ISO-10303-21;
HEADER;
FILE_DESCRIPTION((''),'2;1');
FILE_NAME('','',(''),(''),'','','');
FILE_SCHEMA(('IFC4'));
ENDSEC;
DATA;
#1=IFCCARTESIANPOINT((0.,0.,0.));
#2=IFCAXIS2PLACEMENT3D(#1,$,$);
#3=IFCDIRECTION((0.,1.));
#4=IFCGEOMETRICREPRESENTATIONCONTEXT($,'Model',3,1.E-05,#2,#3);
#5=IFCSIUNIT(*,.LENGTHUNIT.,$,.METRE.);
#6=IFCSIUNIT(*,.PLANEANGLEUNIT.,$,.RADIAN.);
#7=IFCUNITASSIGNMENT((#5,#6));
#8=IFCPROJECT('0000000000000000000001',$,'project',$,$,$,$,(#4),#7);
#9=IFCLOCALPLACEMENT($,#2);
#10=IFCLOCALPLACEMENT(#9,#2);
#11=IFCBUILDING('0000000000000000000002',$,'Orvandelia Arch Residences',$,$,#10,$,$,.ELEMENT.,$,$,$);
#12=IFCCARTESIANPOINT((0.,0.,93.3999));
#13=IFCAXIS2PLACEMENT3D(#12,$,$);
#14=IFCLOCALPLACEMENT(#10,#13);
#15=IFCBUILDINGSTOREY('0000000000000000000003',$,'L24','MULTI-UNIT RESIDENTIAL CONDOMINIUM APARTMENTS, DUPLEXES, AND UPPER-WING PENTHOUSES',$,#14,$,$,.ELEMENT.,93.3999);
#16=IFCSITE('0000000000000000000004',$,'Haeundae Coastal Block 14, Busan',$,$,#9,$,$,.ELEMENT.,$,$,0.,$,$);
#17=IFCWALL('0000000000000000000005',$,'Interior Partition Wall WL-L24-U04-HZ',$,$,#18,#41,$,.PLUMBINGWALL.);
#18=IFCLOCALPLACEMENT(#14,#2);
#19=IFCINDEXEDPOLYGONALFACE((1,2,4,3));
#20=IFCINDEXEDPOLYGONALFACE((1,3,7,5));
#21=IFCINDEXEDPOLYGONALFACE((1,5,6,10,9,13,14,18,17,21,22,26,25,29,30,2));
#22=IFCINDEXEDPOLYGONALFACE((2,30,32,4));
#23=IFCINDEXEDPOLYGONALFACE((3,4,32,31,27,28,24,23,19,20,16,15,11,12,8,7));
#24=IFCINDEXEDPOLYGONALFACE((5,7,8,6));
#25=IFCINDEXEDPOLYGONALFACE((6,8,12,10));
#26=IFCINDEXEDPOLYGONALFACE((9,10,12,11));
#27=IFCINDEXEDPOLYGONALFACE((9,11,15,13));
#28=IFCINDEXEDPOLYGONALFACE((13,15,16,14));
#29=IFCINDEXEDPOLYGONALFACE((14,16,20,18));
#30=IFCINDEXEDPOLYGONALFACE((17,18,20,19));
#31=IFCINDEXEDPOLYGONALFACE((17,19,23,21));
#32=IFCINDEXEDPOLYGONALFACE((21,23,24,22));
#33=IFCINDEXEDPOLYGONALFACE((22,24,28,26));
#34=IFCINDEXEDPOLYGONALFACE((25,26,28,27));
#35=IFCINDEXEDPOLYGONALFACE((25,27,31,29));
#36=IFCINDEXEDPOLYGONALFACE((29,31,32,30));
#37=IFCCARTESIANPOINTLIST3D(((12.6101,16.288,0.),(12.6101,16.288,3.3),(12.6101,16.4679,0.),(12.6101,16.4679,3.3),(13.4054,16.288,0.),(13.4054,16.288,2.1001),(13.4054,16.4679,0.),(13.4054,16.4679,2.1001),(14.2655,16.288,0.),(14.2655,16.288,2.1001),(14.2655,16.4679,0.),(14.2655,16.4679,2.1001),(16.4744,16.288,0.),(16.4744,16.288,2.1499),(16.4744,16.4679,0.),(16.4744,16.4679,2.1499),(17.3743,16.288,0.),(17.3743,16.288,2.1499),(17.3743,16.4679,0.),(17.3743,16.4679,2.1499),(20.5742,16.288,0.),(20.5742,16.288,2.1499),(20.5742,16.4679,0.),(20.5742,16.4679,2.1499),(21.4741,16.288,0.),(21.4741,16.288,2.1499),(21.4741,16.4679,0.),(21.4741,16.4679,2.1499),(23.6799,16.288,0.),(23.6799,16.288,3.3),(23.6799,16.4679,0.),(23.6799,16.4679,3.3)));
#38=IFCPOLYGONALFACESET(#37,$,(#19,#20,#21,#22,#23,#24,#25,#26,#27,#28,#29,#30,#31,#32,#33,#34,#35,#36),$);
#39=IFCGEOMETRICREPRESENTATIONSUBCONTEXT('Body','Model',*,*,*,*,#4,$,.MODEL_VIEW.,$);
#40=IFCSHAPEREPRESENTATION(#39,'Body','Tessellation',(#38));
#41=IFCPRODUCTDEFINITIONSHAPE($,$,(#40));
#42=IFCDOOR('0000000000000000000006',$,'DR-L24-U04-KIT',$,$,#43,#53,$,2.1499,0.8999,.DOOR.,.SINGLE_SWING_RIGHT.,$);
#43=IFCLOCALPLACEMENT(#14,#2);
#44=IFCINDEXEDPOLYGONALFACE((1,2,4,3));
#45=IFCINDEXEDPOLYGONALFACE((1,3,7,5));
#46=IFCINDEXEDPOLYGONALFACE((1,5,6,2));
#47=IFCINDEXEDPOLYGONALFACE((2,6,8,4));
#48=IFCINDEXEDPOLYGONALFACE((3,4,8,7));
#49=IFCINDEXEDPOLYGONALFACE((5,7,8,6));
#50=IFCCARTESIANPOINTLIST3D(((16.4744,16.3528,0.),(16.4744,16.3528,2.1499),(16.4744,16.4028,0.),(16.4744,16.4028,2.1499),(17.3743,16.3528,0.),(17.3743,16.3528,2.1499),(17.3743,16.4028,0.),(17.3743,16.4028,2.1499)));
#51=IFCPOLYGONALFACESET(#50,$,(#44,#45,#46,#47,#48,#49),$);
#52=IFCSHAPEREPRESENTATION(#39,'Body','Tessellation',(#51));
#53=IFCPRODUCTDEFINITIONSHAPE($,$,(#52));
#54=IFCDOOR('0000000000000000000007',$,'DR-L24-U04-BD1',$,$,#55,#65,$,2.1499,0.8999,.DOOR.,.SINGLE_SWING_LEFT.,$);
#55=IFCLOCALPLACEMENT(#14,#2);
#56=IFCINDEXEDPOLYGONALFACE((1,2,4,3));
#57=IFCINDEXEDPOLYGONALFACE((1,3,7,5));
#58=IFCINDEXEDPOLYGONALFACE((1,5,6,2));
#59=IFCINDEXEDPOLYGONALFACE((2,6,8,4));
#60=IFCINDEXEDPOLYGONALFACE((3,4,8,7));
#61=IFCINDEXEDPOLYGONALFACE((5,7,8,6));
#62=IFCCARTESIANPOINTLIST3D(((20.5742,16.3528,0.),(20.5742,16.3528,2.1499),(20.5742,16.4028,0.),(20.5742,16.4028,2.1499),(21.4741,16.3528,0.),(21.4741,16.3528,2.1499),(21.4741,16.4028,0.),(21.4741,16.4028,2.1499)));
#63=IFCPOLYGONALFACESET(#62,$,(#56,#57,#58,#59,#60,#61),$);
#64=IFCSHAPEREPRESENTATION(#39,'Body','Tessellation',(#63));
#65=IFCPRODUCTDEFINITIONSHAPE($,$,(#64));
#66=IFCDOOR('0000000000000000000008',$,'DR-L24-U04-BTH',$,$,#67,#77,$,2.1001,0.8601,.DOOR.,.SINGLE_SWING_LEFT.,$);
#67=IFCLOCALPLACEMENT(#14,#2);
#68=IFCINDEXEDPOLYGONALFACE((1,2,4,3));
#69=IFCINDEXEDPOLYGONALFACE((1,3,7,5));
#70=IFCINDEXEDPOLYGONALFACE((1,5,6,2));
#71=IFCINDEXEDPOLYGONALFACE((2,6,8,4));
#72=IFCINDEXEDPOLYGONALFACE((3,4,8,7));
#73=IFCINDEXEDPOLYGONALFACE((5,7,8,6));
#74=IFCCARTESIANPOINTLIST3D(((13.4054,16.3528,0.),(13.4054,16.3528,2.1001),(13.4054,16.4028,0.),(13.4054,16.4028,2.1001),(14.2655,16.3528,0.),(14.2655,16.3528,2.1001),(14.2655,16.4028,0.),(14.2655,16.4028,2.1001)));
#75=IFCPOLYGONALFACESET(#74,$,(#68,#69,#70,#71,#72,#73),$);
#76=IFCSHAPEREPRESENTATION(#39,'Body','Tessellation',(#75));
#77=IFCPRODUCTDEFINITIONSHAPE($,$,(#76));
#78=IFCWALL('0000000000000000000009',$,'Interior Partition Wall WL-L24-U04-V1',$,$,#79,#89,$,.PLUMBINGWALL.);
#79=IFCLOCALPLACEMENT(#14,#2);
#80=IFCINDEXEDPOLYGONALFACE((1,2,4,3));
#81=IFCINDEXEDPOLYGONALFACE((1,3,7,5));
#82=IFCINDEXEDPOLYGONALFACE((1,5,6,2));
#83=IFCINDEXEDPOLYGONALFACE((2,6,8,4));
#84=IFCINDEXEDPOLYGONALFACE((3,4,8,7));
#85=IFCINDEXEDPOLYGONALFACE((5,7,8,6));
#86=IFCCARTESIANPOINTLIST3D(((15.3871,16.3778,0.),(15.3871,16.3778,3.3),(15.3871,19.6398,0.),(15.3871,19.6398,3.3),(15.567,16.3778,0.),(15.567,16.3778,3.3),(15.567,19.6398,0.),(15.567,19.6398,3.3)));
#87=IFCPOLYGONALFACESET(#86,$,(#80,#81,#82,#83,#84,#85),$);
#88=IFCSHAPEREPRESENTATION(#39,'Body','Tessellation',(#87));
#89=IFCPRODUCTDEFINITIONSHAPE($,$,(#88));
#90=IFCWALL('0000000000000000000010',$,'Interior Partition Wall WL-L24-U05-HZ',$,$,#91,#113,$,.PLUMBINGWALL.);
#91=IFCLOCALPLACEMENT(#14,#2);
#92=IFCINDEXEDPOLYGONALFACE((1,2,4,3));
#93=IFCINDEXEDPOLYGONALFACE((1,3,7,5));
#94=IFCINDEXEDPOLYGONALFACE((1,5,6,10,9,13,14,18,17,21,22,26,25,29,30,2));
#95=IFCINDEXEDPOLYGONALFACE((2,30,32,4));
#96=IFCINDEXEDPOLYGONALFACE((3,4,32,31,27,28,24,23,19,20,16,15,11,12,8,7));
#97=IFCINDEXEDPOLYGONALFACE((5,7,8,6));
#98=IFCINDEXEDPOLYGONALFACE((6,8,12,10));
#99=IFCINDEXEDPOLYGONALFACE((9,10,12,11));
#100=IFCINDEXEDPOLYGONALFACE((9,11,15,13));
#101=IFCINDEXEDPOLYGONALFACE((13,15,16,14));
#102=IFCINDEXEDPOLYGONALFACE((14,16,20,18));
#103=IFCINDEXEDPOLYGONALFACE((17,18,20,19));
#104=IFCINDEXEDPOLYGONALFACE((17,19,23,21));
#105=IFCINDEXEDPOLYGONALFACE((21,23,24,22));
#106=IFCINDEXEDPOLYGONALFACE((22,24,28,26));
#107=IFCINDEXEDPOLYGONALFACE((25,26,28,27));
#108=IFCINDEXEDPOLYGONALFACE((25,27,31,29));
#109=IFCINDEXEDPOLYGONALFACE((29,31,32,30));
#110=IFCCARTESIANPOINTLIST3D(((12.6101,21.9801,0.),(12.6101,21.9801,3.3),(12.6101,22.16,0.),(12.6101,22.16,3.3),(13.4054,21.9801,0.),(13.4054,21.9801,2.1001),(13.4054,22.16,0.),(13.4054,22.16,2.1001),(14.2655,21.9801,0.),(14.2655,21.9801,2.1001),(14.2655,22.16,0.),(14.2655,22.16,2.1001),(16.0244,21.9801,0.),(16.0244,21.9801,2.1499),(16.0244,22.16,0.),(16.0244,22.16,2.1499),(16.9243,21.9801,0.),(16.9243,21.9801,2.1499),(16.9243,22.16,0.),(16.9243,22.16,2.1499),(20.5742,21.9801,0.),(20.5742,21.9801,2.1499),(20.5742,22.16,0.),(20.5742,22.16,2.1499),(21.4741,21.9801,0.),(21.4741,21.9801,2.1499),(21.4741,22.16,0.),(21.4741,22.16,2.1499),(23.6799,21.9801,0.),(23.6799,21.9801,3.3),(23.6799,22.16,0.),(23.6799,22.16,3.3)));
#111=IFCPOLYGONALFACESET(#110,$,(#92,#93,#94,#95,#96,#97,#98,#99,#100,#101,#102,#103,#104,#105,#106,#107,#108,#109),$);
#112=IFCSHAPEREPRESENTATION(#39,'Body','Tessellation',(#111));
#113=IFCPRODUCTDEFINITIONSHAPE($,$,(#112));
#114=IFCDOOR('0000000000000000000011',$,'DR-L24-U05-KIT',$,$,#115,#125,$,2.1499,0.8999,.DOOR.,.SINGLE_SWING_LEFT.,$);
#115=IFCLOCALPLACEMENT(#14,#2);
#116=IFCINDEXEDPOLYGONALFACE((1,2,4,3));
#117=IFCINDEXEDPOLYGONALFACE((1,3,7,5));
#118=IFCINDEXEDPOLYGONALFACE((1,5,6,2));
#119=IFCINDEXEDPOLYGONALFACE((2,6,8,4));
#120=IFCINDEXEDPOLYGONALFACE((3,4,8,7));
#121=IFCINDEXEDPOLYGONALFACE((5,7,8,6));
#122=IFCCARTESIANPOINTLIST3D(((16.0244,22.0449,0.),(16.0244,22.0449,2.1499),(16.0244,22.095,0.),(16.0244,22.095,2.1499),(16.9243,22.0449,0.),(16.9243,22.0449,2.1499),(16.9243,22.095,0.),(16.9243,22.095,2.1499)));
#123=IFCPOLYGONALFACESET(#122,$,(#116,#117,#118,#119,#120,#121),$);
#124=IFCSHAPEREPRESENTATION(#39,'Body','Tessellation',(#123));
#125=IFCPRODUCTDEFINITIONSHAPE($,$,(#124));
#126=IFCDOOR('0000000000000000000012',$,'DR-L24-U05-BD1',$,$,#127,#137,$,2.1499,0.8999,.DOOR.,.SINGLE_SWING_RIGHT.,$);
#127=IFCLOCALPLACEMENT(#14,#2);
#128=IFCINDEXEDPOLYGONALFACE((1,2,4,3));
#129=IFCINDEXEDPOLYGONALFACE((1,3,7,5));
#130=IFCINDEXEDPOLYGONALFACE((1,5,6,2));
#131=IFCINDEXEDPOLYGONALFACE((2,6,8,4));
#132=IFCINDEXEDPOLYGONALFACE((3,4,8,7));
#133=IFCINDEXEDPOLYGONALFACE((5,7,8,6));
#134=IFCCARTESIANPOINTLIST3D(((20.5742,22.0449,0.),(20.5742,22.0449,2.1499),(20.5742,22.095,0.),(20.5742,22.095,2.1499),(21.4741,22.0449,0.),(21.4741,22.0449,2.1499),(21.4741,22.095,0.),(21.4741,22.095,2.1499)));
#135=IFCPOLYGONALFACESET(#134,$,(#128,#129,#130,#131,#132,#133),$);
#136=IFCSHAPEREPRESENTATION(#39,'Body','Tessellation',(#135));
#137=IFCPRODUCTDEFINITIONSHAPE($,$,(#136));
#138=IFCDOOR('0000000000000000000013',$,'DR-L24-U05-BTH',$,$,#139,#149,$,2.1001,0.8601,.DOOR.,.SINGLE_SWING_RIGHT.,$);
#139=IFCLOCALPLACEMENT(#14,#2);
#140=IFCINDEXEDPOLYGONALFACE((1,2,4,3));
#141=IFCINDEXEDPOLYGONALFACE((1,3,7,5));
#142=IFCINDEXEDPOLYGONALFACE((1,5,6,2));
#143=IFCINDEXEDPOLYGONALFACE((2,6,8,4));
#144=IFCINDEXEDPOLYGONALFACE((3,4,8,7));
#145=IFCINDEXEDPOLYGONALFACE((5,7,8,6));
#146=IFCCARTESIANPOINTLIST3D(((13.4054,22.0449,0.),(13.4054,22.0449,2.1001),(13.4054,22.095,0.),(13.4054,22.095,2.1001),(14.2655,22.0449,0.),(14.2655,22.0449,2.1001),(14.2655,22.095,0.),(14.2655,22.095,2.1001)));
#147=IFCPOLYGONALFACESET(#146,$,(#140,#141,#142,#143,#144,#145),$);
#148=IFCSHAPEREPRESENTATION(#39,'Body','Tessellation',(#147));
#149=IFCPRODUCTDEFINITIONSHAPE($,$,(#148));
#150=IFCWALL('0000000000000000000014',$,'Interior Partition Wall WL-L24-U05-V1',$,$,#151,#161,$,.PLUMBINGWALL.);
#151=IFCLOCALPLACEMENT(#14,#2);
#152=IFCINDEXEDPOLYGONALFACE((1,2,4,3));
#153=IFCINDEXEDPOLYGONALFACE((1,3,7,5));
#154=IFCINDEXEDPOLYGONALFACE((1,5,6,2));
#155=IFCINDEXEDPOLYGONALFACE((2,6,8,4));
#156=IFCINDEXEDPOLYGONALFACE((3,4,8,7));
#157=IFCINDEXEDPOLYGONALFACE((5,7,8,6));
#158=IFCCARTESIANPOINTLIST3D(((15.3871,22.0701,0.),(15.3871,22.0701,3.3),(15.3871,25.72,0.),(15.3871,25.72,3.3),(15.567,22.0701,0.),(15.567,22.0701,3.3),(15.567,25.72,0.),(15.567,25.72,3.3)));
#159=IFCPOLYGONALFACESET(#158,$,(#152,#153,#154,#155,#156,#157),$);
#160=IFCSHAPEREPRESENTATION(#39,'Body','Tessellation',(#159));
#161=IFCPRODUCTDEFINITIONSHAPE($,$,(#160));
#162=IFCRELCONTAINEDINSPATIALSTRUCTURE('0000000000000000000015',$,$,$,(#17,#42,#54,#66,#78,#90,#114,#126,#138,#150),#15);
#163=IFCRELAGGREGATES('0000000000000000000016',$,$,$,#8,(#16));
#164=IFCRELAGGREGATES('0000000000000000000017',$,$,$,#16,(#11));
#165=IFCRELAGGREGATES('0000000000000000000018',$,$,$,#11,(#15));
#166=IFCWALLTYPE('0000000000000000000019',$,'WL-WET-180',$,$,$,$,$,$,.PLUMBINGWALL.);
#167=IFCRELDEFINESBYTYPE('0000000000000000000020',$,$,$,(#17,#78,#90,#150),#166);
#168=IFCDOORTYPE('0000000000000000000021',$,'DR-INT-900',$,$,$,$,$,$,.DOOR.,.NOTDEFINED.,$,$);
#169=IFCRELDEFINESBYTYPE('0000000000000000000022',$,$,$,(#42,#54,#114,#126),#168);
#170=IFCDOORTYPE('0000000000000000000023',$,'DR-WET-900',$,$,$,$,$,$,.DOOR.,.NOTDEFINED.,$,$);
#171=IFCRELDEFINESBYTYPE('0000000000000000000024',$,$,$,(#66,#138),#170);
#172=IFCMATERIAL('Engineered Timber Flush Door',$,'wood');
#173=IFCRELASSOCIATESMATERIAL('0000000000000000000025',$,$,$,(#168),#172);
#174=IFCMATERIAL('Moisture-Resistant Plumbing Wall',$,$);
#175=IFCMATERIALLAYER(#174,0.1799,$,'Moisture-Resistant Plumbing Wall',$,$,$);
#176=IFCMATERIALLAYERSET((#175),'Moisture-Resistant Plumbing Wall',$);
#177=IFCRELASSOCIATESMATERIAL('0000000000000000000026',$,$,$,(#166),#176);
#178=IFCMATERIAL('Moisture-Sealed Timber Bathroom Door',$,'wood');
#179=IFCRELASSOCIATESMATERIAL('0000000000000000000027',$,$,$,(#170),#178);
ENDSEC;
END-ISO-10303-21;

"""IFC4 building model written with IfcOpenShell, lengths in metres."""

from ifc_helpers import new_model, si_unit, direction, frame, frame_2d, origin, place, context, subcontext, project, spatial, rectangle, extrude, material, layer, layer_set, type_object, element, fill, save


model = new_model("IFC4")

# Units and contexts
model_context = context("Model", 3, precision=1e-05, world=origin(), true_north=direction((0.0, 1.0)))
body_context = subcontext(model_context, "Body", "Model", "MODEL_VIEW")
ifc_project = project(units=[si_unit("LENGTHUNIT", "METRE"), si_unit("PLANEANGLEUNIT", "RADIAN")], contexts=[model_context])

# Site, building, storey
site_placement = place(None, origin())
site = spatial("IfcSite", under=ifc_project, at=site_placement, Name="Haeundae Coastal Block 14, Busan", CompositionType="ELEMENT", RefElevation=0.0)
building_placement = place(site_placement, origin())
building = spatial("IfcBuilding", under=site, at=building_placement, Name="Orvandelia Arch Residences", CompositionType="ELEMENT")
storey_placement = place(building_placement, frame((0.0, 0.0, 93.3999)))
storey = spatial("IfcBuildingStorey", under=building, at=storey_placement, Name="L24", Description="MULTI-UNIT RESIDENTIAL CONDOMINIUM APARTMENTS, DUPLEXES, AND UPPER-WING PENTHOUSES", CompositionType="ELEMENT", Elevation=93.3999)

# Shared definitions
ifc_material_1 = material(Name="Engineered Timber Flush Door", Category="wood")
door_type_1 = type_object("IfcDoorType", Name="DR-INT-900", OperationType="NOTDEFINED", PredefinedType="DOOR", material=ifc_material_1)

# Shared definitions
ifc_material_2 = material(Name="Moisture-Resistant Plumbing Wall")
ifc_layer_1 = layer(ifc_material_2, 0.1799, Name="Moisture-Resistant Plumbing Wall")
ifc_layer_set_1 = layer_set([ifc_layer_1], Name="Moisture-Resistant Plumbing Wall")
wall_type_1 = type_object("IfcWallType", Name="WL-WET-180", PredefinedType="PLUMBINGWALL", material=ifc_layer_set_1)

# Wall, openings, doors
wall_1_placement = place(storey_placement, frame((12.6101, 16.3779, 0.0), z_axis=(0.0, 0.0, 1.0), x_axis=(1.0, 0.0, 0.0)))
wall_1 = element("IfcWall", 1, at=wall_1_placement, inside=storey, type_object=wall_type_1, Name="Interior Partition Wall WL-L24-U04-HZ", PredefinedType="PLUMBINGWALL", context=body_context, shape_type="SweptSolid", body=[
    extrude(rectangle(XDim=11.0698, YDim=0.1799, at=frame_2d((5.5349, 0.0))), origin(), (0.0, 0.0, 1.0), 3.3),
])
opening_1_placement = place(wall_1_placement, frame((0.7952, 0.0, 0.0)))
opening_1 = element("IfcOpeningElement", 2, at=opening_1_placement, cuts=wall_1, PredefinedType="OPENING", context=body_context, shape_type="SweptSolid", body=[
    extrude(rectangle(XDim=0.8601, YDim=2.1001, at=frame_2d((0.4302, 1.05))), frame((0.0, 0.1001, 0.0), z_axis=(0.0, -1.0, 0.0), x_axis=(1.0, 0.0, 0.0)), (0.0, 0.0, 1.0), 0.2),
])
opening_2_placement = place(wall_1_placement, frame((3.8643, 0.0, 0.0)))
opening_2 = element("IfcOpeningElement", 3, at=opening_2_placement, cuts=wall_1, PredefinedType="OPENING", context=body_context, shape_type="SweptSolid", body=[
    extrude(rectangle(XDim=0.8999, YDim=2.1499, at=frame_2d((0.45, 1.075))), frame((0.0, 0.1001, 0.0), z_axis=(0.0, -1.0, 0.0), x_axis=(1.0, 0.0, 0.0)), (0.0, 0.0, 1.0), 0.2),
])
opening_3_placement = place(wall_1_placement, frame((7.9641, 0.0, 0.0)))
opening_3 = element("IfcOpeningElement", 4, at=opening_3_placement, cuts=wall_1, PredefinedType="OPENING", context=body_context, shape_type="SweptSolid", body=[
    extrude(rectangle(XDim=0.8999, YDim=2.1499, at=frame_2d((0.45, 1.075))), frame((0.0, 0.1001, 0.0), z_axis=(0.0, -1.0, 0.0), x_axis=(1.0, 0.0, 0.0)), (0.0, 0.0, 1.0), 0.2),
])
door_1_placement = place(opening_2_placement, origin())
door_1 = element("IfcDoor", 5, at=door_1_placement, inside=storey, type_object=door_type_1, Name="DR-L24-U04-KIT", OperationType="SINGLE_SWING_RIGHT", OverallHeight=2.1499, OverallWidth=0.8999, PredefinedType="DOOR", context=body_context, shape_type="SweptSolid", body=[
    extrude(rectangle(XDim=0.8999, YDim=2.1499, at=frame_2d((0.45, 1.075))), frame((0.0, 0.0249, 0.0), z_axis=(0.0, -1.0, 0.0), x_axis=(1.0, 0.0, 0.0)), (0.0, 0.0, 1.0), 0.05),
])
fill(opening_2, door_1)
door_2_placement = place(opening_3_placement, origin())
door_2 = element("IfcDoor", 6, at=door_2_placement, inside=storey, type_object=door_type_1, Name="DR-L24-U04-BD1", OperationType="SINGLE_SWING_LEFT", OverallHeight=2.1499, OverallWidth=0.8999, PredefinedType="DOOR", context=body_context, shape_type="SweptSolid", body=[
    extrude(rectangle(XDim=0.8999, YDim=2.1499, at=frame_2d((0.45, 1.075))), frame((0.0, 0.0249, 0.0), z_axis=(0.0, -1.0, 0.0), x_axis=(1.0, 0.0, 0.0)), (0.0, 0.0, 1.0), 0.05),
])
fill(opening_3, door_2)
ifc_material_3 = material(Name="Moisture-Sealed Timber Bathroom Door", Category="wood")
door_type_2 = type_object("IfcDoorType", Name="DR-WET-900", OperationType="NOTDEFINED", PredefinedType="DOOR", material=ifc_material_3)
door_3_placement = place(opening_1_placement, origin())
door_3 = element("IfcDoor", 7, at=door_3_placement, inside=storey, type_object=door_type_2, Name="DR-L24-U04-BTH", OperationType="SINGLE_SWING_LEFT", OverallHeight=2.1001, OverallWidth=0.8601, PredefinedType="DOOR", context=body_context, shape_type="SweptSolid", body=[
    extrude(rectangle(XDim=0.8601, YDim=2.1001, at=frame_2d((0.4302, 1.05))), frame((0.0, 0.0249, 0.0), z_axis=(0.0, -1.0, 0.0), x_axis=(1.0, 0.0, 0.0)), (0.0, 0.0, 1.0), 0.05),
])
fill(opening_1, door_3)

# Wall
wall_2_placement = place(storey_placement, frame((15.4771, 16.3779, 0.0), z_axis=(0.0, 0.0, 1.0), x_axis=(0.0, 1.0, 0.0)))
element("IfcWall", 8, at=wall_2_placement, inside=storey, type_object=wall_type_1, Name="Interior Partition Wall WL-L24-U04-V1", PredefinedType="PLUMBINGWALL", context=body_context, shape_type="SweptSolid", body=[
    extrude(rectangle(XDim=3.262, YDim=0.1799, at=frame_2d((1.6309, 0.0))), origin(), (0.0, 0.0, 1.0), 3.3),
])

# Wall, openings, doors
wall_3_placement = place(storey_placement, frame((12.6101, 22.0701, 0.0), z_axis=(0.0, 0.0, 1.0), x_axis=(1.0, 0.0, 0.0)))
wall_3 = element("IfcWall", 9, at=wall_3_placement, inside=storey, type_object=wall_type_1, Name="Interior Partition Wall WL-L24-U05-HZ", PredefinedType="PLUMBINGWALL", context=body_context, shape_type="SweptSolid", body=[
    extrude(rectangle(XDim=11.0698, YDim=0.1799, at=frame_2d((5.5349, 0.0))), origin(), (0.0, 0.0, 1.0), 3.3),
])
opening_4_placement = place(wall_3_placement, frame((0.7952, 0.0, 0.0)))
opening_4 = element("IfcOpeningElement", 10, at=opening_4_placement, cuts=wall_3, PredefinedType="OPENING", context=body_context, shape_type="SweptSolid", body=[
    extrude(rectangle(XDim=0.8601, YDim=2.1001, at=frame_2d((0.4302, 1.05))), frame((0.0, 0.1001, 0.0), z_axis=(0.0, -1.0, 0.0), x_axis=(1.0, 0.0, 0.0)), (0.0, 0.0, 1.0), 0.2),
])
opening_5_placement = place(wall_3_placement, frame((3.4143, 0.0, 0.0)))
opening_5 = element("IfcOpeningElement", 11, at=opening_5_placement, cuts=wall_3, PredefinedType="OPENING", context=body_context, shape_type="SweptSolid", body=[
    extrude(rectangle(XDim=0.8999, YDim=2.1499, at=frame_2d((0.45, 1.075))), frame((0.0, 0.1001, 0.0), z_axis=(0.0, -1.0, 0.0), x_axis=(1.0, 0.0, 0.0)), (0.0, 0.0, 1.0), 0.2),
])
opening_6_placement = place(wall_3_placement, frame((7.9641, 0.0, 0.0)))
opening_6 = element("IfcOpeningElement", 12, at=opening_6_placement, cuts=wall_3, PredefinedType="OPENING", context=body_context, shape_type="SweptSolid", body=[
    extrude(rectangle(XDim=0.8999, YDim=2.1499, at=frame_2d((0.45, 1.075))), frame((0.0, 0.1001, 0.0), z_axis=(0.0, -1.0, 0.0), x_axis=(1.0, 0.0, 0.0)), (0.0, 0.0, 1.0), 0.2),
])
door_4_placement = place(opening_5_placement, origin())
door_4 = element("IfcDoor", 13, at=door_4_placement, inside=storey, type_object=door_type_1, Name="DR-L24-U05-KIT", OperationType="SINGLE_SWING_LEFT", OverallHeight=2.1499, OverallWidth=0.8999, PredefinedType="DOOR", context=body_context, shape_type="SweptSolid", body=[
    extrude(rectangle(XDim=0.8999, YDim=2.1499, at=frame_2d((0.45, 1.075))), frame((0.0, 0.0249, 0.0), z_axis=(0.0, -1.0, 0.0), x_axis=(1.0, 0.0, 0.0)), (0.0, 0.0, 1.0), 0.05),
])
fill(opening_5, door_4)
door_5_placement = place(opening_6_placement, origin())
door_5 = element("IfcDoor", 14, at=door_5_placement, inside=storey, type_object=door_type_1, Name="DR-L24-U05-BD1", OperationType="SINGLE_SWING_RIGHT", OverallHeight=2.1499, OverallWidth=0.8999, PredefinedType="DOOR", context=body_context, shape_type="SweptSolid", body=[
    extrude(rectangle(XDim=0.8999, YDim=2.1499, at=frame_2d((0.45, 1.075))), frame((0.0, 0.0249, 0.0), z_axis=(0.0, -1.0, 0.0), x_axis=(1.0, 0.0, 0.0)), (0.0, 0.0, 1.0), 0.05),
])
fill(opening_6, door_5)
door_6_placement = place(opening_4_placement, origin())
door_6 = element("IfcDoor", 15, at=door_6_placement, inside=storey, type_object=door_type_2, Name="DR-L24-U05-BTH", OperationType="SINGLE_SWING_RIGHT", OverallHeight=2.1001, OverallWidth=0.8601, PredefinedType="DOOR", context=body_context, shape_type="SweptSolid", body=[
    extrude(rectangle(XDim=0.8601, YDim=2.1001, at=frame_2d((0.4302, 1.05))), frame((0.0, 0.0249, 0.0), z_axis=(0.0, -1.0, 0.0), x_axis=(1.0, 0.0, 0.0)), (0.0, 0.0, 1.0), 0.05),
])
fill(opening_4, door_6)

# Wall
wall_4_placement = place(storey_placement, frame((15.4771, 22.0701, 0.0), z_axis=(0.0, 0.0, 1.0), x_axis=(0.0, 1.0, 0.0)))
element("IfcWall", 16, at=wall_4_placement, inside=storey, type_object=wall_type_1, Name="Interior Partition Wall WL-L24-U05-V1", PredefinedType="PLUMBINGWALL", context=body_context, shape_type="SweptSolid", body=[
    extrude(rectangle(XDim=3.6499, YDim=0.1799, at=frame_2d((1.825, 0.0))), origin(), (0.0, 0.0, 1.0), 3.3),
])

save(model, "model.ifc")
